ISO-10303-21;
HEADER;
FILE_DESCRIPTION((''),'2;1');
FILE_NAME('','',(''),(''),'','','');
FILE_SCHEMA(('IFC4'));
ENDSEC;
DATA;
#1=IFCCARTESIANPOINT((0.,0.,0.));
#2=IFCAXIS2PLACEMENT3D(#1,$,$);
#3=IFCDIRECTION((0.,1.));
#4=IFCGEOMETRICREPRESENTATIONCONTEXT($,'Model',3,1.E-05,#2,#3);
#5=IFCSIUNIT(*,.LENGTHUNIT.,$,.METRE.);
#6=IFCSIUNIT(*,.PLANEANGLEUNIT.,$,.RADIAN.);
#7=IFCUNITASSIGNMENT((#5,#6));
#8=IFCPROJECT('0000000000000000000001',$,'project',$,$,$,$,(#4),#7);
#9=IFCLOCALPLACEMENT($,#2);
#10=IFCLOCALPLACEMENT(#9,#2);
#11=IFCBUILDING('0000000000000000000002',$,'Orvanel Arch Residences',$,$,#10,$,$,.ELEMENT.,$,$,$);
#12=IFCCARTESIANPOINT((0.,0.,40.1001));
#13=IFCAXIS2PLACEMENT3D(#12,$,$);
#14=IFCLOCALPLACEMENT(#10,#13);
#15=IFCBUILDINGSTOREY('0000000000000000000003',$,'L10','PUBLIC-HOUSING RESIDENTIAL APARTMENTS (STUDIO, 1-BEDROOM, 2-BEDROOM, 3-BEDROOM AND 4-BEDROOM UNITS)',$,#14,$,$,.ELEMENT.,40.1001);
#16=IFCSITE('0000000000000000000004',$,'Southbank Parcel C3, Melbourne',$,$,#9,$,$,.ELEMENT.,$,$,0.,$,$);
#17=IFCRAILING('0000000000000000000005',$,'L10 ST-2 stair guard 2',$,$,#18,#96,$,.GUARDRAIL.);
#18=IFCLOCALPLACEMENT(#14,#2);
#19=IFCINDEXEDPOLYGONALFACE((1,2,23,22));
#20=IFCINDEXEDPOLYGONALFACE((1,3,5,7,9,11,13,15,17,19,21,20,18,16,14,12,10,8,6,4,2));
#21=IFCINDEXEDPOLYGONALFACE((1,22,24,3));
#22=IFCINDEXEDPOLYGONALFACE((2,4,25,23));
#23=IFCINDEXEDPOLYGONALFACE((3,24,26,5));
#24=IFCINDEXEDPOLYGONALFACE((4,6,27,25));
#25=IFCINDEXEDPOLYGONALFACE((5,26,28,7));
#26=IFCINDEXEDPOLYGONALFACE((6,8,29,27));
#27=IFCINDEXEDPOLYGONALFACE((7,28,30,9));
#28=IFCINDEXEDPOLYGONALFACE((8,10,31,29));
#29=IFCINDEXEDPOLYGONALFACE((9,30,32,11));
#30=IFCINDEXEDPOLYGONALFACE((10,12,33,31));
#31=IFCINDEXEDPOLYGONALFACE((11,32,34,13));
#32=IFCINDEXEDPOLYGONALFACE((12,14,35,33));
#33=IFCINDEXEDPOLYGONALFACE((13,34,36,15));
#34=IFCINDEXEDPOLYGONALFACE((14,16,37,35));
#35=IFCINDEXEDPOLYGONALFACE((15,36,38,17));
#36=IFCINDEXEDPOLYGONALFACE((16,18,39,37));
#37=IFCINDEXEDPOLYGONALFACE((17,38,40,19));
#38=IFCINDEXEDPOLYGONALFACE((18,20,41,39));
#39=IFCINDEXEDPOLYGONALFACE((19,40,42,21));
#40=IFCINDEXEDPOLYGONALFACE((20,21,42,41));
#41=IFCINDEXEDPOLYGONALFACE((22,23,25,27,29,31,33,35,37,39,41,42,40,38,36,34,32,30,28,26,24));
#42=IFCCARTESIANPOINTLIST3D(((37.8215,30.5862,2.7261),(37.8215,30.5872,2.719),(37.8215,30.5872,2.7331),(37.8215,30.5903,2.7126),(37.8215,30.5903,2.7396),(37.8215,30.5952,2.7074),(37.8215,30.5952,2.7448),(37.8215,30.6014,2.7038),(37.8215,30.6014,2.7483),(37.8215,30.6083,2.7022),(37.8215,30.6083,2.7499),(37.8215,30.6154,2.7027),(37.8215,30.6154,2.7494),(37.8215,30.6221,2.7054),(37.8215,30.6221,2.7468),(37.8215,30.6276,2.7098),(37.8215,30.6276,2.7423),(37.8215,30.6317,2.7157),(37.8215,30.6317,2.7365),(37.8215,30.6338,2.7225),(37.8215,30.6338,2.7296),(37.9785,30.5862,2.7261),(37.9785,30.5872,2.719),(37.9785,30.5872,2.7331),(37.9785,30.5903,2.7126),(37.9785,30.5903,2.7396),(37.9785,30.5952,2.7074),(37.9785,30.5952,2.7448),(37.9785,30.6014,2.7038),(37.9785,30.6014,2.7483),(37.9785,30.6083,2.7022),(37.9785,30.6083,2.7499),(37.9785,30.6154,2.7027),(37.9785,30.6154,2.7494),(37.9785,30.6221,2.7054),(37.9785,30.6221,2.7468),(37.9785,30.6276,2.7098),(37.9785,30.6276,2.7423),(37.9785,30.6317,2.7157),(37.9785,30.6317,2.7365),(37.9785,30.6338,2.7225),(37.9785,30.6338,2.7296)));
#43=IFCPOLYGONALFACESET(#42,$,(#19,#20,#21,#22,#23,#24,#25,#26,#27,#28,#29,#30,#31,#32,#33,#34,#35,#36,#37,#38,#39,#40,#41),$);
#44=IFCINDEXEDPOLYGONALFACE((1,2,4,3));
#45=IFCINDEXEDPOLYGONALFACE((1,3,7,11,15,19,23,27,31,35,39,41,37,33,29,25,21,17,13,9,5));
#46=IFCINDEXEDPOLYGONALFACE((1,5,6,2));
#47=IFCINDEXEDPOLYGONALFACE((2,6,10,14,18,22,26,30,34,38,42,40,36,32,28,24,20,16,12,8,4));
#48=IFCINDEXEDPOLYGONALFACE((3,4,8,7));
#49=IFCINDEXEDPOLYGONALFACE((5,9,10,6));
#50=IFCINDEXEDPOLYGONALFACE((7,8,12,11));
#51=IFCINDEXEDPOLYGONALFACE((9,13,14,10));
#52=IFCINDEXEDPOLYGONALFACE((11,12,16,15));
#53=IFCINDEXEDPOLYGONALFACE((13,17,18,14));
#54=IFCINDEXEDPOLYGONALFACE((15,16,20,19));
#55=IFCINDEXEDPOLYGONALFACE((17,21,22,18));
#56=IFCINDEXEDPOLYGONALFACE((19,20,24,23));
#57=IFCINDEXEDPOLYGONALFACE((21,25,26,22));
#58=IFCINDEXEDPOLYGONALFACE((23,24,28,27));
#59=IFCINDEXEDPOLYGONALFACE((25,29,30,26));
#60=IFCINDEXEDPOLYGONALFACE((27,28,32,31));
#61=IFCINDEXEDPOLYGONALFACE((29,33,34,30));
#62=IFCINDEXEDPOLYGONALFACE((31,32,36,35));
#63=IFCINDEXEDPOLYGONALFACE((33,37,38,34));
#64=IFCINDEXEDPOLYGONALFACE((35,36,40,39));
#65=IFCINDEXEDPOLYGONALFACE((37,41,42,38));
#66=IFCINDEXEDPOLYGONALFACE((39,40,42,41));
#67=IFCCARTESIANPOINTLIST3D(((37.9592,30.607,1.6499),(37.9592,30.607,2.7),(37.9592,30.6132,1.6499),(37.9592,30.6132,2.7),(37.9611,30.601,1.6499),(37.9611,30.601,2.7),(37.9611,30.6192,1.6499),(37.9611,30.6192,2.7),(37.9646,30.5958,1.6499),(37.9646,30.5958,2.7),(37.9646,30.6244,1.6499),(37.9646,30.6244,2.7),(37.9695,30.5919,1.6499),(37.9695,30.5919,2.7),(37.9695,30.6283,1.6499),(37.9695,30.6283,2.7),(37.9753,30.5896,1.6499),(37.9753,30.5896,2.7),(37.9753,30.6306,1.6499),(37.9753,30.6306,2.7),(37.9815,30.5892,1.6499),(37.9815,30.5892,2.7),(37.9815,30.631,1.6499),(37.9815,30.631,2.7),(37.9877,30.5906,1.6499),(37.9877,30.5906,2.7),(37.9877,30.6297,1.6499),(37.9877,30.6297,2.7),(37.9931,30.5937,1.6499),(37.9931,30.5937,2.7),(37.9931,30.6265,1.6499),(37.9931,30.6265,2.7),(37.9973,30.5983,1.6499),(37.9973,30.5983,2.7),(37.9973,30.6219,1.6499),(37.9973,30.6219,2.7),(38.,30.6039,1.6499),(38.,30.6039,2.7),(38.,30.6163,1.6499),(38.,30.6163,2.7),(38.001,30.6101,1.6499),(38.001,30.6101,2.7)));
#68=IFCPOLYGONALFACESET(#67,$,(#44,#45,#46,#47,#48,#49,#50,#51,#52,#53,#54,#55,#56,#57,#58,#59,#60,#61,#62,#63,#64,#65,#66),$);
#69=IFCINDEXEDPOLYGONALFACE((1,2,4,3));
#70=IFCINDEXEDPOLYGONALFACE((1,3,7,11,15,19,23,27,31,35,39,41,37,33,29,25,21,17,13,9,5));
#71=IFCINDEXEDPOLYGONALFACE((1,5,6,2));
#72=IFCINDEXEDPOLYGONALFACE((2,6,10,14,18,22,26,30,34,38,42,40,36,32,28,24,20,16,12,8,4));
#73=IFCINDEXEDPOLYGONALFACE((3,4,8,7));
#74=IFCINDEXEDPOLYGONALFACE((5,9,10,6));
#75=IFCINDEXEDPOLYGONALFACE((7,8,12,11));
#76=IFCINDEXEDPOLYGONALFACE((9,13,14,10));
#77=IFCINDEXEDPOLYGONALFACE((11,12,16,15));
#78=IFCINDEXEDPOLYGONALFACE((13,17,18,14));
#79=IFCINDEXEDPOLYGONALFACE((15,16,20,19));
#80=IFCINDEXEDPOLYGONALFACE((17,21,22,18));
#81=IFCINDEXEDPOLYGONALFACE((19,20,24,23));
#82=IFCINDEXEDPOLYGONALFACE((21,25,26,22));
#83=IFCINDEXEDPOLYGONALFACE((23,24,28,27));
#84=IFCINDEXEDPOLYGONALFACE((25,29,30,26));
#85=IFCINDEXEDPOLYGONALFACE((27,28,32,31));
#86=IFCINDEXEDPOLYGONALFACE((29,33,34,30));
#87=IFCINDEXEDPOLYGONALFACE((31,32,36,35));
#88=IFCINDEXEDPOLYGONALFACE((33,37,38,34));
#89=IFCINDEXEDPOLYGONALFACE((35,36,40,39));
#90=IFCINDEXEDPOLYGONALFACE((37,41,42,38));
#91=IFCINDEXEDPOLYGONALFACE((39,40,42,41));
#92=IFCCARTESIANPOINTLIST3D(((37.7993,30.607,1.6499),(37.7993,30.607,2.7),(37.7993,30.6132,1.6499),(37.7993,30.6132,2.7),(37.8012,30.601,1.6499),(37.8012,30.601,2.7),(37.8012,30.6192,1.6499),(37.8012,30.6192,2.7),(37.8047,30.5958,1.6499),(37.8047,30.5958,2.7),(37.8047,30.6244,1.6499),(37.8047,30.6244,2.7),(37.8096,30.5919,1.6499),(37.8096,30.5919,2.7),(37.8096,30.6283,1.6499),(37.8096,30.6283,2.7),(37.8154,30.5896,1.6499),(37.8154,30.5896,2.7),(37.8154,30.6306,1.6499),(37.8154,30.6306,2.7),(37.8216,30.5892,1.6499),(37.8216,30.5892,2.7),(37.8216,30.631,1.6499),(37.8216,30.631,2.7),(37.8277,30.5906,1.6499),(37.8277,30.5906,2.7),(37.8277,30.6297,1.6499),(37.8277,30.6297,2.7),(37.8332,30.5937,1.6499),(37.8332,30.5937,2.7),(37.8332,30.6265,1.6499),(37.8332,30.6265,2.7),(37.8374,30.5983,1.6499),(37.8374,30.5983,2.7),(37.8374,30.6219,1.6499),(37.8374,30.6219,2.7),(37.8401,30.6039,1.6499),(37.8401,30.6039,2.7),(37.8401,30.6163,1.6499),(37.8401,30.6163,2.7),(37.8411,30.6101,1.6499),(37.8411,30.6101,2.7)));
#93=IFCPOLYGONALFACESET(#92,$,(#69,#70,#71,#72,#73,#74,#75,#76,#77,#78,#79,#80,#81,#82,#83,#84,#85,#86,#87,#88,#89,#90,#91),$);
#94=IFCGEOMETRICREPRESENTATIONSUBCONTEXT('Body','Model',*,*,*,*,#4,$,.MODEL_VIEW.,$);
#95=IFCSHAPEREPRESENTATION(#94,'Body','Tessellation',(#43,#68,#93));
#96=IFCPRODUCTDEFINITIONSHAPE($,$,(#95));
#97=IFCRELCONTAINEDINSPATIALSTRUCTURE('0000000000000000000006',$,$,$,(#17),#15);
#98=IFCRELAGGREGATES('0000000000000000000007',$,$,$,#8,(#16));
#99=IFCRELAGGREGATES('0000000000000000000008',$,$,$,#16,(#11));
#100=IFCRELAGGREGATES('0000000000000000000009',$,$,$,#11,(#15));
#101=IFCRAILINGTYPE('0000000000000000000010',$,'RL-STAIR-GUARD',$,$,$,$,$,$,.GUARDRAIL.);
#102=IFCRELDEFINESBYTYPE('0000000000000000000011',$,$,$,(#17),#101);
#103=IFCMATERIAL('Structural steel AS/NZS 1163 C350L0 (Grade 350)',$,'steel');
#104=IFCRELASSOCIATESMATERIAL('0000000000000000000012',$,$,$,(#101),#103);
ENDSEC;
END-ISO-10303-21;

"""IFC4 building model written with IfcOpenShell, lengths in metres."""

from ifc_helpers import new_model, si_unit, direction, frame, origin, origin_2d, place, context, subcontext, project, spatial, circle, extrude, material, type_object, element, save


model = new_model("IFC4")

# Units and contexts
model_context = context("Model", 3, precision=1e-05, world=origin(), true_north=direction((0.0, 1.0)))
body_context = subcontext(model_context, "Body", "Model", "MODEL_VIEW")
ifc_project = project(units=[si_unit("LENGTHUNIT", "METRE"), si_unit("PLANEANGLEUNIT", "RADIAN")], contexts=[model_context])

# Site, building, storey
site_placement = place(None, origin())
site = spatial("IfcSite", under=ifc_project, at=site_placement, Name="Southbank Parcel C3, Melbourne", CompositionType="ELEMENT", RefElevation=0.0)
building_placement = place(site_placement, origin())
building = spatial("IfcBuilding", under=site, at=building_placement, Name="Orvanel Arch Residences", CompositionType="ELEMENT")
storey_placement = place(building_placement, frame((0.0, 0.0, 40.1001)))
storey = spatial("IfcBuildingStorey", under=building, at=storey_placement, Name="L10", Description="PUBLIC-HOUSING RESIDENTIAL APARTMENTS (STUDIO, 1-BEDROOM, 2-BEDROOM, 3-BEDROOM AND 4-BEDROOM UNITS)", CompositionType="ELEMENT", Elevation=40.1001)

# Railing
ifc_material_1 = material(Name="Structural steel AS/NZS 1163 C350L0 (Grade 350)", Category="steel")
railing_type_1 = type_object("IfcRailingType", Name="RL-STAIR-GUARD", PredefinedType="GUARDRAIL", material=ifc_material_1)
railing_1_placement = place(storey_placement, frame((37.98, 30.6101, 1.6499)))
element("IfcRailing", 1, at=railing_1_placement, inside=storey, type_object=railing_type_1, Name="L10 ST-2 stair guard 2", PredefinedType="GUARDRAIL", context=body_context, shape_type="SweptSolid", body=[
    extrude(circle(Radius=0.0239, at=origin_2d()), frame((-0.0015, 0.0, 1.0762), z_axis=(-1.0, 0.0, 0.0), x_axis=(0.0, -1.0, 0.0)), (0.0, 0.0, 1.0), 0.157),
    extrude(circle(Radius=0.021, at=origin_2d()), origin(), (0.0, 0.0, 1.0), 1.05),
    extrude(circle(Radius=0.021, at=origin_2d()), frame((-0.1599, 0.0, 0.0)), (0.0, 0.0, 1.0), 1.05),
])

save(model, "model.ifc")
